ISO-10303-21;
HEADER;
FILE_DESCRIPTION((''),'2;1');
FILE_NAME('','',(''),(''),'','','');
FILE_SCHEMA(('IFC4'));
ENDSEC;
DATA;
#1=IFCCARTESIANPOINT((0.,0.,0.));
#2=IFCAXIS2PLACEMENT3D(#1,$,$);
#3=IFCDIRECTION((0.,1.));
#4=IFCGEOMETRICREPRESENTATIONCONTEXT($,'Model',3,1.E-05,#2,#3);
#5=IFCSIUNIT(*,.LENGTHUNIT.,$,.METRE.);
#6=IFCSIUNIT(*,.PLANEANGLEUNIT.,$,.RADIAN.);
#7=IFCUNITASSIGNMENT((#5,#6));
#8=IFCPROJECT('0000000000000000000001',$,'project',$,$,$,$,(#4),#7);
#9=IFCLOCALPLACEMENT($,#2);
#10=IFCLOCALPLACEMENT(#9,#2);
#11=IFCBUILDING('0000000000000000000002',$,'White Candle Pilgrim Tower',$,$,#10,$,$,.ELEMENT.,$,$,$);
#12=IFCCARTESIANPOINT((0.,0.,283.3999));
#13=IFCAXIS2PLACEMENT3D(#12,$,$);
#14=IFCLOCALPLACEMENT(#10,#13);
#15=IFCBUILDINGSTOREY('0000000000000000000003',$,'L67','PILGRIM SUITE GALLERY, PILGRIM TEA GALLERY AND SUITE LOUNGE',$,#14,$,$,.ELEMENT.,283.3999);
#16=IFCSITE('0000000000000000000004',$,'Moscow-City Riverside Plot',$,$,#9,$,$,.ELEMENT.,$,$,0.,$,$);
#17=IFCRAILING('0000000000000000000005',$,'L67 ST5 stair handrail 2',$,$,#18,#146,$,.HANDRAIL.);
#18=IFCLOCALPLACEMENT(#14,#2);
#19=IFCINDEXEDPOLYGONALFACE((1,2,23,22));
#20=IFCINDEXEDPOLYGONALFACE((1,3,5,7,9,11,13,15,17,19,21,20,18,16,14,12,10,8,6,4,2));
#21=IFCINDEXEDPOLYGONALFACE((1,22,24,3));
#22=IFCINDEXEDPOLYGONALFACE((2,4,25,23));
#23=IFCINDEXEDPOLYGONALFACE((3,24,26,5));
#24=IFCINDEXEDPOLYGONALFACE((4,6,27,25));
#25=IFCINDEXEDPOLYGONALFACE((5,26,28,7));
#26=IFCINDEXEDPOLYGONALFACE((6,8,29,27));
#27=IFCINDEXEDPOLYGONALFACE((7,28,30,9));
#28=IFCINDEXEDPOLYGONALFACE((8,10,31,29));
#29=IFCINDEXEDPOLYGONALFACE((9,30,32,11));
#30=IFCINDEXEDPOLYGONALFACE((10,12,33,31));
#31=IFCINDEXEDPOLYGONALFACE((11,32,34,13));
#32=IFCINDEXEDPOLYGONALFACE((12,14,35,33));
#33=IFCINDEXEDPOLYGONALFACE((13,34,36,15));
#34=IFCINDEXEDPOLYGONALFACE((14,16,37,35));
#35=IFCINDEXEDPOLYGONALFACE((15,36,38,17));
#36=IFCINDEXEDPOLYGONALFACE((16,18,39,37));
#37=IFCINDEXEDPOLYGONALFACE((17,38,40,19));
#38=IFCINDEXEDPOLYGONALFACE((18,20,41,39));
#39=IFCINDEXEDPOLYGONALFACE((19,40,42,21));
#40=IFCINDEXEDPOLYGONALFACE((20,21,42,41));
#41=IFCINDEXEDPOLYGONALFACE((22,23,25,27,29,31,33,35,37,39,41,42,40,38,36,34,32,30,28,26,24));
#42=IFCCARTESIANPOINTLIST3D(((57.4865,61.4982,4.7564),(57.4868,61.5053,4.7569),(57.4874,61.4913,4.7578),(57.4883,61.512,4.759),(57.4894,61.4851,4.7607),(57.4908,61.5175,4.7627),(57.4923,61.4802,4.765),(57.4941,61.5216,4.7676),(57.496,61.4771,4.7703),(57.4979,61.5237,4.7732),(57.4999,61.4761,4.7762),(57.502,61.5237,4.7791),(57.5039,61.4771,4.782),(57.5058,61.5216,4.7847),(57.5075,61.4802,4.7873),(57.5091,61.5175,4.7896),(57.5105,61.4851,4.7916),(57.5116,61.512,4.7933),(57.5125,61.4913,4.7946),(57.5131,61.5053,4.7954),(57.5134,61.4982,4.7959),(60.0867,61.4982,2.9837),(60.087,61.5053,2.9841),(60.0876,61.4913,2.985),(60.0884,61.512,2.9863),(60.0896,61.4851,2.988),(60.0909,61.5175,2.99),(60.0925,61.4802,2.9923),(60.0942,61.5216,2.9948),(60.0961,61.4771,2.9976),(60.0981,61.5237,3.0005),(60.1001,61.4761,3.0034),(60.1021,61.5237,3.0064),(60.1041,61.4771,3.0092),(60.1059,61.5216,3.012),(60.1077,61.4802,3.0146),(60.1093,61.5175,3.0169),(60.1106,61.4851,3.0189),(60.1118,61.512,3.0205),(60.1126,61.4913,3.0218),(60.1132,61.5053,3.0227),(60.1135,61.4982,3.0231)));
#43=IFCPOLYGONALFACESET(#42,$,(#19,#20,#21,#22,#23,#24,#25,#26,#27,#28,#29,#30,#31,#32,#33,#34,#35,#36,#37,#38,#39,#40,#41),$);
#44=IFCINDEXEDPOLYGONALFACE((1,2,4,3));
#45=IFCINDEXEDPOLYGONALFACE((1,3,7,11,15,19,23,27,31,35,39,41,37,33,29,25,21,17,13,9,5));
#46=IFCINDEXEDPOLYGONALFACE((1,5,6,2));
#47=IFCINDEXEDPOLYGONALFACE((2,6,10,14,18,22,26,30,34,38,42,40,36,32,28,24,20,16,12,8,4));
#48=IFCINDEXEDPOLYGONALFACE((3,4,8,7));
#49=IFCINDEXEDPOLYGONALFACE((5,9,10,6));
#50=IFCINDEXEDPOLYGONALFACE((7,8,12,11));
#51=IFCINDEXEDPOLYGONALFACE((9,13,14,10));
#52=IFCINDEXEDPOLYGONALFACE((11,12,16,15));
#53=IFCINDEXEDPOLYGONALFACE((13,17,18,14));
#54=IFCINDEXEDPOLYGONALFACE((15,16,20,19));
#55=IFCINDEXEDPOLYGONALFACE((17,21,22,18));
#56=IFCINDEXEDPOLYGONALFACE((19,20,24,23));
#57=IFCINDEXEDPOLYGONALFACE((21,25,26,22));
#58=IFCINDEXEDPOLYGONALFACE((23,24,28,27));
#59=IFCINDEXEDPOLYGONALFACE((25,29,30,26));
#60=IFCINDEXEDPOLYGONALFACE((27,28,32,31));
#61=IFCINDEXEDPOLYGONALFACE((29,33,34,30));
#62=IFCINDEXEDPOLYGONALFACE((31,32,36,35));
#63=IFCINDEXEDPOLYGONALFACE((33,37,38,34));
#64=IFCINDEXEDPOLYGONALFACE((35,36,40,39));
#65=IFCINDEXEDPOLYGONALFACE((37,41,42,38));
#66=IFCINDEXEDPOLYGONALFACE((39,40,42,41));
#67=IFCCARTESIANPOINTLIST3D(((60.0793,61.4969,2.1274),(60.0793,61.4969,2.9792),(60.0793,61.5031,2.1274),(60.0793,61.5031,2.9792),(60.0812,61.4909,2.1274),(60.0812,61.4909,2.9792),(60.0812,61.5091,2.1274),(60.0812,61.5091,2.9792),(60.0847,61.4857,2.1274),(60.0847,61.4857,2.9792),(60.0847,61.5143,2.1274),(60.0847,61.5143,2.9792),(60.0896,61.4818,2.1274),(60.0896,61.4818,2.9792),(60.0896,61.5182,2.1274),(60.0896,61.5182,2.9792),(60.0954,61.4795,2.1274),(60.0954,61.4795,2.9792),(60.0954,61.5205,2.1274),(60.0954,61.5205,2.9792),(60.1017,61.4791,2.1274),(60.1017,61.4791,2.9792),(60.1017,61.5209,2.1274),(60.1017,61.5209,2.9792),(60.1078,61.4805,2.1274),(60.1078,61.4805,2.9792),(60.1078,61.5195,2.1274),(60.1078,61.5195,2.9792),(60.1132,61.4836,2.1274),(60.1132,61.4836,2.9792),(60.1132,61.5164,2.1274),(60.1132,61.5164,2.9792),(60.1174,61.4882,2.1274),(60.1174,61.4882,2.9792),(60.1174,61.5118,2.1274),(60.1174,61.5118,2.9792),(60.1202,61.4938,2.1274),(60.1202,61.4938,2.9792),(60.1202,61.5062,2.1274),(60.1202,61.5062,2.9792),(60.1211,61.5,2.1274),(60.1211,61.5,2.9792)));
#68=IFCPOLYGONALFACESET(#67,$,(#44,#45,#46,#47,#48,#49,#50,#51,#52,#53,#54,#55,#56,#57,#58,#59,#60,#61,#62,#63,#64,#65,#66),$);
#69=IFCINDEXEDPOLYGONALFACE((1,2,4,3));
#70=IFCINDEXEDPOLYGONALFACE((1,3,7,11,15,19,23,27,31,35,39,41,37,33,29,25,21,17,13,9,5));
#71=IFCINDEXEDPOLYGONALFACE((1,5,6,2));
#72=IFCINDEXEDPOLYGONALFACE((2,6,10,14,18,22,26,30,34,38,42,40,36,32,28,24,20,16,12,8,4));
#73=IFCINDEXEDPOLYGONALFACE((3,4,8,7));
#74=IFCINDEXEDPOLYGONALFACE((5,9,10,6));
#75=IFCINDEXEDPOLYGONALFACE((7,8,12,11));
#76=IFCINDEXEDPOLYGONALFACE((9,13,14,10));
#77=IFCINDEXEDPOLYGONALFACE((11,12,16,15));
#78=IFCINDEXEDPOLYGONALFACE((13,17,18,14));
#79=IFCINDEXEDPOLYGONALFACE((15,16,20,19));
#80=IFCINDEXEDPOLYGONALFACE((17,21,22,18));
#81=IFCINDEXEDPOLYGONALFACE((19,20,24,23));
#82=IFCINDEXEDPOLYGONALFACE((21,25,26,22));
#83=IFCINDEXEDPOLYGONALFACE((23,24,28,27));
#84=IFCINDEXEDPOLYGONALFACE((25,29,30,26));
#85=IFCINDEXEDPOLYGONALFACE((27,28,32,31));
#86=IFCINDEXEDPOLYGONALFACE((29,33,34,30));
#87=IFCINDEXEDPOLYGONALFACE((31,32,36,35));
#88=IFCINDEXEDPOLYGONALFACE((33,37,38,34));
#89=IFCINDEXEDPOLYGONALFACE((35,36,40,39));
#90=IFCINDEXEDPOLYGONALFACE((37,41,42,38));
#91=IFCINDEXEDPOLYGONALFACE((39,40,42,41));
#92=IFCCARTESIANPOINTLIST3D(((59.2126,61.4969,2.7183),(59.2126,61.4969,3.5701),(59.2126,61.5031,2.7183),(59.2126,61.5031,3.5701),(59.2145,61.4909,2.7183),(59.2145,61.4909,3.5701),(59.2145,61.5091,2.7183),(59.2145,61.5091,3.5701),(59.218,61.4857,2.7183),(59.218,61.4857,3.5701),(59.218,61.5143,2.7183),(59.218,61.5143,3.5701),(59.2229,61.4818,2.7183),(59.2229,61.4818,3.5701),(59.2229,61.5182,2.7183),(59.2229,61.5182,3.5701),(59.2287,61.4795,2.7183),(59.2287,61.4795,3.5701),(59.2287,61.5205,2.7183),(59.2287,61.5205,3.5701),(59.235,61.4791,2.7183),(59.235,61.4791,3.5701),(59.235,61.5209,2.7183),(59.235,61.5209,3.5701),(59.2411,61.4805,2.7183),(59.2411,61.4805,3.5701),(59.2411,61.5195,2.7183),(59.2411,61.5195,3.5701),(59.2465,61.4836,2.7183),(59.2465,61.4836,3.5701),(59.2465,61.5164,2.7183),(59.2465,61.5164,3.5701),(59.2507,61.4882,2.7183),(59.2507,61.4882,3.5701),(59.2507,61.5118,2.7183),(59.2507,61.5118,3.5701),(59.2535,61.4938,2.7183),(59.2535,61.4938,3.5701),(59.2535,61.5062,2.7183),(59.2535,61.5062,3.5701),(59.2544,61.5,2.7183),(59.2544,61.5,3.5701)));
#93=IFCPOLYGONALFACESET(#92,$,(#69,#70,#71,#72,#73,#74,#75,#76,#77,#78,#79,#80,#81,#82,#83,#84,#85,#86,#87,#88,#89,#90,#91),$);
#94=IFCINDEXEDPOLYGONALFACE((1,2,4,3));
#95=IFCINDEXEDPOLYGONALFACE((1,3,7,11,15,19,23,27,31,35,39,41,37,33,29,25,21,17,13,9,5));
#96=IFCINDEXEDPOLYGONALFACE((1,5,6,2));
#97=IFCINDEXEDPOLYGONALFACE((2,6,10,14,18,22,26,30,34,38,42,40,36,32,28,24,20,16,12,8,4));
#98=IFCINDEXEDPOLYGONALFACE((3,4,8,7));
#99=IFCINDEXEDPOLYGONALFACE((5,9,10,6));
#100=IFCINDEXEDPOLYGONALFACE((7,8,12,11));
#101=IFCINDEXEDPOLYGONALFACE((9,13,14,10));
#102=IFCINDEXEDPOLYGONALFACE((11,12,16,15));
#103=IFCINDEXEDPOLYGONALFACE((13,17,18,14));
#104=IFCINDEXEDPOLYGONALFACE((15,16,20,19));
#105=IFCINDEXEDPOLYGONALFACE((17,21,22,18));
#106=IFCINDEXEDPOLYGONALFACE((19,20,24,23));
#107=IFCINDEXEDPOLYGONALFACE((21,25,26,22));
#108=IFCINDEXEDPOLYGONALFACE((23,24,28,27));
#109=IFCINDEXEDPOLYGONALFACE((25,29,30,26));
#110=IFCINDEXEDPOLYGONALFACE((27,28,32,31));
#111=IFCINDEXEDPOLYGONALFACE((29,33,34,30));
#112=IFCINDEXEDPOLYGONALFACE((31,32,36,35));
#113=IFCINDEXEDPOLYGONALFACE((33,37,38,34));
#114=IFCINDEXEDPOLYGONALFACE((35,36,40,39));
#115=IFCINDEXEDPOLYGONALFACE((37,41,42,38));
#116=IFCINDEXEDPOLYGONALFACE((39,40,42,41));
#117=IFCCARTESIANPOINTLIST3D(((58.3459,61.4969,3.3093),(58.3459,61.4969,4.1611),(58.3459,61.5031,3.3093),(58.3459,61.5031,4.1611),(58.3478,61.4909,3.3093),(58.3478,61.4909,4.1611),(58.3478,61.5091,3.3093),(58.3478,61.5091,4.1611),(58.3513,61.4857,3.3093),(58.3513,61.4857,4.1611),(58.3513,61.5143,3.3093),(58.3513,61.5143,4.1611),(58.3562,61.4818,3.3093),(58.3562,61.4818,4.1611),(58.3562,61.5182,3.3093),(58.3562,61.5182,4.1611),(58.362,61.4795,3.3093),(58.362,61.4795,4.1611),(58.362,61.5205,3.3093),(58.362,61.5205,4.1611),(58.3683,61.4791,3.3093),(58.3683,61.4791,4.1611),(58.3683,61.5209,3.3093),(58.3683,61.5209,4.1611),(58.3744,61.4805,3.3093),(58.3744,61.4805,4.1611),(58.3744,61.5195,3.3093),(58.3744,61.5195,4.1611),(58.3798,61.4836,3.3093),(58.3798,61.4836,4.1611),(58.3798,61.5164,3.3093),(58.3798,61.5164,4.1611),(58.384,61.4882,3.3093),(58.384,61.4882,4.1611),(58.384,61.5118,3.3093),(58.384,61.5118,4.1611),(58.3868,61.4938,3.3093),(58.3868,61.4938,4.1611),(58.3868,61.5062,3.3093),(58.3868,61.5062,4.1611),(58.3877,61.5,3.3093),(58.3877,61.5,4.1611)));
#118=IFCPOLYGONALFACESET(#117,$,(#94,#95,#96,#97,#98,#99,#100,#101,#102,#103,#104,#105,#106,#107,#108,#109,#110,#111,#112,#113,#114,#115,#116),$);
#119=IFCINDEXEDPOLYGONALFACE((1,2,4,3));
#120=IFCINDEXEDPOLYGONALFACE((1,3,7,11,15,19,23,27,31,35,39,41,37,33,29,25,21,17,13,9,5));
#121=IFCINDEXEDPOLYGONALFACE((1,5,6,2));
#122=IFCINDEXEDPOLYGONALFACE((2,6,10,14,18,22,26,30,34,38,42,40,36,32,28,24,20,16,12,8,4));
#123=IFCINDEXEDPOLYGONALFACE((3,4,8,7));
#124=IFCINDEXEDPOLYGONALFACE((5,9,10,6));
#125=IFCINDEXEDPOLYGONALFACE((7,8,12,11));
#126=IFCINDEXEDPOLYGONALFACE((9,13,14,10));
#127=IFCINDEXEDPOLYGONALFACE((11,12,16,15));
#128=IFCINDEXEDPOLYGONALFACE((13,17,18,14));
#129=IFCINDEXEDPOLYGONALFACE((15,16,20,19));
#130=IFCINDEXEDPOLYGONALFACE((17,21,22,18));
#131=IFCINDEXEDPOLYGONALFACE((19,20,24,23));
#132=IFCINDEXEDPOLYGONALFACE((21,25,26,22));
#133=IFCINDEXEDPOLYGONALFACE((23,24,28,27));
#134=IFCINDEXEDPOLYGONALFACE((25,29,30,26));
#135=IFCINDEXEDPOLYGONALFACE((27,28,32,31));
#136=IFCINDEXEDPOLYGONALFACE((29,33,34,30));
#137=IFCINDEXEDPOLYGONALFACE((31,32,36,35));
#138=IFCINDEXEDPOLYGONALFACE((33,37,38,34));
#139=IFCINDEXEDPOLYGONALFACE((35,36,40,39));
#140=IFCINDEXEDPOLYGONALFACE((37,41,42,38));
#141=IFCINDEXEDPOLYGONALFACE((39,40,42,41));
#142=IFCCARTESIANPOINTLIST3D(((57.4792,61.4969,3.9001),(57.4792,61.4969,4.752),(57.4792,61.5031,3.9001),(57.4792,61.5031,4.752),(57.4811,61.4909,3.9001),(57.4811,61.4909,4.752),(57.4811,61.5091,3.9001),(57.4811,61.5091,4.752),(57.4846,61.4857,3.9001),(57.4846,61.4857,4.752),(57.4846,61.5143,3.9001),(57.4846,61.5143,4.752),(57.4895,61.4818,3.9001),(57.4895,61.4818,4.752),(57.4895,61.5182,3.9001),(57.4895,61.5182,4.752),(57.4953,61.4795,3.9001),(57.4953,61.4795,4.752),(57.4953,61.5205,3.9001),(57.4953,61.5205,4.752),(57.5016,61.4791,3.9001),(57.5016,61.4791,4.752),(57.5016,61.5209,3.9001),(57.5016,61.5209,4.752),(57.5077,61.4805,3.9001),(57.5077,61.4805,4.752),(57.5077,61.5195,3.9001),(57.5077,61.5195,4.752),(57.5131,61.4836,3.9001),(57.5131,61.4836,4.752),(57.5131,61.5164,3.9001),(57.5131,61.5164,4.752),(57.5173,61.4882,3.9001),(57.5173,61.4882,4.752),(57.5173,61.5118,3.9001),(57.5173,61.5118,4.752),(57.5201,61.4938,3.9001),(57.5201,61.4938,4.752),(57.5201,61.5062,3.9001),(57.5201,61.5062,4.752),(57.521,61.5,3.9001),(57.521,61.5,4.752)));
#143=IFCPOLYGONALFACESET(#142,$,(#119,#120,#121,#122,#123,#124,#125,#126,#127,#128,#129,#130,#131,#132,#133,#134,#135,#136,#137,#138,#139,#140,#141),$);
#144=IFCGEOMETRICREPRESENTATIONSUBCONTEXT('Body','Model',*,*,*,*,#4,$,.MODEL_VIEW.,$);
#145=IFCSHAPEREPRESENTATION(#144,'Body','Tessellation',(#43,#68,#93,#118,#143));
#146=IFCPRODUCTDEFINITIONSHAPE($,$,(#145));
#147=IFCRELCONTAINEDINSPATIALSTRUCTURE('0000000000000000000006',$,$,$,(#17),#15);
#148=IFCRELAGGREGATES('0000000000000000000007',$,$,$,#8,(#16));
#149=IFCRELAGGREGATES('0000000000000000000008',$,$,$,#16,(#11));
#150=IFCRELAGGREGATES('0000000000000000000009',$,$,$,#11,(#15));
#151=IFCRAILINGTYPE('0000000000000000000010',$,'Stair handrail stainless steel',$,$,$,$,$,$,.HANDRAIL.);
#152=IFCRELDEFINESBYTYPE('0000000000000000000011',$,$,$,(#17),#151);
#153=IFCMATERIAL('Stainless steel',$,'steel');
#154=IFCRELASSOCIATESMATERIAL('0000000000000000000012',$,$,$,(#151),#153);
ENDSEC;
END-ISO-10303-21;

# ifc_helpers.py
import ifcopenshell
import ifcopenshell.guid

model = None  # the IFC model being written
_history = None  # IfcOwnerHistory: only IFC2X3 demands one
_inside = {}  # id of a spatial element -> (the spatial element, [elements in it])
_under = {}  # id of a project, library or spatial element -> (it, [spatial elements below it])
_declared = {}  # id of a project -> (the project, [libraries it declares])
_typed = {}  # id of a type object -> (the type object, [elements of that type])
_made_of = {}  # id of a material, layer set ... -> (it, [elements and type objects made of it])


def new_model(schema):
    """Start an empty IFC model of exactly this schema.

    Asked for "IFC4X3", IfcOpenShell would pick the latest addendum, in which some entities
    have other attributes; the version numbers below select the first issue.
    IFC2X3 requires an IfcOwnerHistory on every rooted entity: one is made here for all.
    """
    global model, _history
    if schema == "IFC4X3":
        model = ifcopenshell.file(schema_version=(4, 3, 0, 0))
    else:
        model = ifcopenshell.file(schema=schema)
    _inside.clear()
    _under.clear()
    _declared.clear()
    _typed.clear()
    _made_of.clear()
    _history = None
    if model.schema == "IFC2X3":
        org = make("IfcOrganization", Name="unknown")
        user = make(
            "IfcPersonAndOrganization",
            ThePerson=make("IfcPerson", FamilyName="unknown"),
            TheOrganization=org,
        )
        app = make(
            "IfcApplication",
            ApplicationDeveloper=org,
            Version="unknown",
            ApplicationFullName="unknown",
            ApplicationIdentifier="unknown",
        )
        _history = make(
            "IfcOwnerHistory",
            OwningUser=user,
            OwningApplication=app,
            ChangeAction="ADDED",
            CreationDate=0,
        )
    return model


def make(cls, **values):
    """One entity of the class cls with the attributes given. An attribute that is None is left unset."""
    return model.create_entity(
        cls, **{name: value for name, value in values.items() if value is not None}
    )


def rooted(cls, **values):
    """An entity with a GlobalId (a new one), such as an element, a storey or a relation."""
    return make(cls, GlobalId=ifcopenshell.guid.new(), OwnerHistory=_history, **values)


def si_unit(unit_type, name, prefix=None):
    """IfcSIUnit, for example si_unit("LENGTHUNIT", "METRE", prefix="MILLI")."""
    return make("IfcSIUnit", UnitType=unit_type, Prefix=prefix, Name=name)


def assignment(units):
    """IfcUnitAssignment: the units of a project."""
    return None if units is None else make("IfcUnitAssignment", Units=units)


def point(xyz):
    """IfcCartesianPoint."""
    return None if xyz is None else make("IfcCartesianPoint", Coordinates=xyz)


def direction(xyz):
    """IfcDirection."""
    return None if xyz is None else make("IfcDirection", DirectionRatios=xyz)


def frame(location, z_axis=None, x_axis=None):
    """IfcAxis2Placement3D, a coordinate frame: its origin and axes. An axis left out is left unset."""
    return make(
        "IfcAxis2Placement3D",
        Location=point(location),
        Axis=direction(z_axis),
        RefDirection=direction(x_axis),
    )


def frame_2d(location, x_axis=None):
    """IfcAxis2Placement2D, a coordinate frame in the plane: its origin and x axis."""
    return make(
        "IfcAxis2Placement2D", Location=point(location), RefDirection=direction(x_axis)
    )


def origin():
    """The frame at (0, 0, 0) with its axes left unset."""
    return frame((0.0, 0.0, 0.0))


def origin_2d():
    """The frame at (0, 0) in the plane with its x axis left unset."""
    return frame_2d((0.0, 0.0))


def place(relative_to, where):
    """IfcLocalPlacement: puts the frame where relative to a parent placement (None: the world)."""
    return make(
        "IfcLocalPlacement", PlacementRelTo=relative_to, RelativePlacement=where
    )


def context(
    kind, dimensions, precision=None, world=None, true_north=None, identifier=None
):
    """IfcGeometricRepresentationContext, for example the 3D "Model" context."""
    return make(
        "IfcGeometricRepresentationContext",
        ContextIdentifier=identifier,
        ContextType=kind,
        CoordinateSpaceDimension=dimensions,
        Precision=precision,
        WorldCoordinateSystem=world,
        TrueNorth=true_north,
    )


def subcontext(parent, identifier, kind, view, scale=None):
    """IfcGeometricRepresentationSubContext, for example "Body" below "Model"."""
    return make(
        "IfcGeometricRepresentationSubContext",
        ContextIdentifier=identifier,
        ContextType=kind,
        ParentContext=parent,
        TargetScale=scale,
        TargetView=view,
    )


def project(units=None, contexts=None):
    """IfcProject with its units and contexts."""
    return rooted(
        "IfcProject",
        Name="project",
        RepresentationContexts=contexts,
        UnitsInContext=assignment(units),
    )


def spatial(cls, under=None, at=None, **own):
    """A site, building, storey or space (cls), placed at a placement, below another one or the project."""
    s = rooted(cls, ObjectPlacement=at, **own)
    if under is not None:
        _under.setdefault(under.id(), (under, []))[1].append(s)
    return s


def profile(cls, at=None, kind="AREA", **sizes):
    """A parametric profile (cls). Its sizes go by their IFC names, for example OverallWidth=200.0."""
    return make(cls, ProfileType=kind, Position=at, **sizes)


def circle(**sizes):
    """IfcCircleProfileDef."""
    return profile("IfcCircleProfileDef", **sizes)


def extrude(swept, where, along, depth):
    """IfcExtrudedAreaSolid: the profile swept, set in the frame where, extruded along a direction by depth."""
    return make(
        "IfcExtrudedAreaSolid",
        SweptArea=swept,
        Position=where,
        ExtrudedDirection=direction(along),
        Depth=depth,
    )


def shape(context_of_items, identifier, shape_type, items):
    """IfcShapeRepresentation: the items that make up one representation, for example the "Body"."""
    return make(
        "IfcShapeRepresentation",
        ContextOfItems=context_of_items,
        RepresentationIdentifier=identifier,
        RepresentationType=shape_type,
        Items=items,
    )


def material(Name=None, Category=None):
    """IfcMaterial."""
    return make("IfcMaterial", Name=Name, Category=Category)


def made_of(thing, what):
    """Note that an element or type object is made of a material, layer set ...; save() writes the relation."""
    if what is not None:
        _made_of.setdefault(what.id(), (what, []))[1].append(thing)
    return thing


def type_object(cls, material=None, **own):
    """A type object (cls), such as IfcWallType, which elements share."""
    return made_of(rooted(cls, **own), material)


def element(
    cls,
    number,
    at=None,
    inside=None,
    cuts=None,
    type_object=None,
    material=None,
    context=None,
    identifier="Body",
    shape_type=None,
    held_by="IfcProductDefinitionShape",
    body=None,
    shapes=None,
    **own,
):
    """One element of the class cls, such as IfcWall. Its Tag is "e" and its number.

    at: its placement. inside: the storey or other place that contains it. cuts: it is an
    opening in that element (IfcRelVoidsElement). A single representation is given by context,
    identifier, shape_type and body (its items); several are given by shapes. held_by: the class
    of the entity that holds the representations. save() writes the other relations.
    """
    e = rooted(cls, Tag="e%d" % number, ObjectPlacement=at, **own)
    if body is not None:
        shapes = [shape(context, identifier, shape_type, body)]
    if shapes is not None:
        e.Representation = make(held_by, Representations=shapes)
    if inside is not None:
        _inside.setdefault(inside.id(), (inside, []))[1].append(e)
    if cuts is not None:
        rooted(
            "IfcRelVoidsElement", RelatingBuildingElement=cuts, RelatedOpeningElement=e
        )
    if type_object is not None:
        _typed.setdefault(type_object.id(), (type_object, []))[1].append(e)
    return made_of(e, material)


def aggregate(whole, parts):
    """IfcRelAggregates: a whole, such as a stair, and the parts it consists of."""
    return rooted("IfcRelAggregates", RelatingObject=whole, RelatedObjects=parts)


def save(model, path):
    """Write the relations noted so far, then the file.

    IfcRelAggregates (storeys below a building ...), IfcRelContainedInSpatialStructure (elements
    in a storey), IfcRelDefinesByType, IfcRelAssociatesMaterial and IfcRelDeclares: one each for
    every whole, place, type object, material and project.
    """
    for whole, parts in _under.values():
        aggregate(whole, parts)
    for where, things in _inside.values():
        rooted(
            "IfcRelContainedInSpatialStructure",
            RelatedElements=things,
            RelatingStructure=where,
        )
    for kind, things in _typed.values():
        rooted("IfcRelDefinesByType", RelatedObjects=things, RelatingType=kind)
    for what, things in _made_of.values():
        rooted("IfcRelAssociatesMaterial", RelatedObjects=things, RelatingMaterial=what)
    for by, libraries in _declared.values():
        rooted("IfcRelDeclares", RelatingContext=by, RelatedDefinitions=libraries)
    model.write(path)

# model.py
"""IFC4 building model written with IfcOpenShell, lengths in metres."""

from ifc_helpers import new_model, si_unit, direction, frame, origin, origin_2d, place, context, subcontext, project, spatial, circle, extrude, material, type_object, element, save


model = new_model("IFC4")

# Units and contexts
model_context = context("Model", 3, precision=1e-05, world=origin(), true_north=direction((0.0, 1.0)))
body_context = subcontext(model_context, "Body", "Model", "MODEL_VIEW")
ifc_project = project(units=[si_unit("LENGTHUNIT", "METRE"), si_unit("PLANEANGLEUNIT", "RADIAN")], contexts=[model_context])

# Site, building, storey
site_placement = place(None, origin())
site = spatial("IfcSite", under=ifc_project, at=site_placement, Name="Moscow-City Riverside Plot", CompositionType="ELEMENT", RefElevation=0.0)
building_placement = place(site_placement, origin())
building = spatial("IfcBuilding", under=site, at=building_placement, Name="White Candle Pilgrim Tower", CompositionType="ELEMENT")
storey_placement = place(building_placement, frame((0.0, 0.0, 283.3999)))
storey = spatial("IfcBuildingStorey", under=building, at=storey_placement, Name="L67", Description="PILGRIM SUITE GALLERY, PILGRIM TEA GALLERY AND SUITE LOUNGE", CompositionType="ELEMENT", Elevation=283.3999)

# Railing
ifc_material_1 = material(Name="Stainless steel", Category="steel")
railing_type_1 = type_object("IfcRailingType", Name="Stair handrail stainless steel", PredefinedType="HANDRAIL", material=ifc_material_1)
railing_1_placement = place(storey_placement, frame((60.1001, 61.5, 2.1274)))
element("IfcRailing", 1, at=railing_1_placement, inside=storey, type_object=railing_type_1, Name="L67 ST5 stair handrail 2", PredefinedType="HANDRAIL", context=body_context, shape_type="SweptSolid", body=[
    extrude(circle(Radius=0.0239, at=origin_2d()), frame((0.0, 0.0, 0.876), z_axis=(-0.82624, 0.0, 0.563318), x_axis=(0.0, -1.0, 0.0)), (0.0, 0.0, 1.0), 3.147),
    extrude(circle(Radius=0.021, at=origin_2d()), origin(), (0.0, 0.0, 1.0), 0.8518),
    extrude(circle(Radius=0.021, at=origin_2d()), frame((-0.8667, 0.0, 0.5908)), (0.0, 0.0, 1.0), 0.8518),
    extrude(circle(Radius=0.021, at=origin_2d()), frame((-1.7334, 0.0, 1.1819)), (0.0, 0.0, 1.0), 0.8518),
    extrude(circle(Radius=0.021, at=origin_2d()), frame((-2.6001, 0.0, 1.7727)), (0.0, 0.0, 1.0), 0.8518),
])

save(model, "model.ifc")
